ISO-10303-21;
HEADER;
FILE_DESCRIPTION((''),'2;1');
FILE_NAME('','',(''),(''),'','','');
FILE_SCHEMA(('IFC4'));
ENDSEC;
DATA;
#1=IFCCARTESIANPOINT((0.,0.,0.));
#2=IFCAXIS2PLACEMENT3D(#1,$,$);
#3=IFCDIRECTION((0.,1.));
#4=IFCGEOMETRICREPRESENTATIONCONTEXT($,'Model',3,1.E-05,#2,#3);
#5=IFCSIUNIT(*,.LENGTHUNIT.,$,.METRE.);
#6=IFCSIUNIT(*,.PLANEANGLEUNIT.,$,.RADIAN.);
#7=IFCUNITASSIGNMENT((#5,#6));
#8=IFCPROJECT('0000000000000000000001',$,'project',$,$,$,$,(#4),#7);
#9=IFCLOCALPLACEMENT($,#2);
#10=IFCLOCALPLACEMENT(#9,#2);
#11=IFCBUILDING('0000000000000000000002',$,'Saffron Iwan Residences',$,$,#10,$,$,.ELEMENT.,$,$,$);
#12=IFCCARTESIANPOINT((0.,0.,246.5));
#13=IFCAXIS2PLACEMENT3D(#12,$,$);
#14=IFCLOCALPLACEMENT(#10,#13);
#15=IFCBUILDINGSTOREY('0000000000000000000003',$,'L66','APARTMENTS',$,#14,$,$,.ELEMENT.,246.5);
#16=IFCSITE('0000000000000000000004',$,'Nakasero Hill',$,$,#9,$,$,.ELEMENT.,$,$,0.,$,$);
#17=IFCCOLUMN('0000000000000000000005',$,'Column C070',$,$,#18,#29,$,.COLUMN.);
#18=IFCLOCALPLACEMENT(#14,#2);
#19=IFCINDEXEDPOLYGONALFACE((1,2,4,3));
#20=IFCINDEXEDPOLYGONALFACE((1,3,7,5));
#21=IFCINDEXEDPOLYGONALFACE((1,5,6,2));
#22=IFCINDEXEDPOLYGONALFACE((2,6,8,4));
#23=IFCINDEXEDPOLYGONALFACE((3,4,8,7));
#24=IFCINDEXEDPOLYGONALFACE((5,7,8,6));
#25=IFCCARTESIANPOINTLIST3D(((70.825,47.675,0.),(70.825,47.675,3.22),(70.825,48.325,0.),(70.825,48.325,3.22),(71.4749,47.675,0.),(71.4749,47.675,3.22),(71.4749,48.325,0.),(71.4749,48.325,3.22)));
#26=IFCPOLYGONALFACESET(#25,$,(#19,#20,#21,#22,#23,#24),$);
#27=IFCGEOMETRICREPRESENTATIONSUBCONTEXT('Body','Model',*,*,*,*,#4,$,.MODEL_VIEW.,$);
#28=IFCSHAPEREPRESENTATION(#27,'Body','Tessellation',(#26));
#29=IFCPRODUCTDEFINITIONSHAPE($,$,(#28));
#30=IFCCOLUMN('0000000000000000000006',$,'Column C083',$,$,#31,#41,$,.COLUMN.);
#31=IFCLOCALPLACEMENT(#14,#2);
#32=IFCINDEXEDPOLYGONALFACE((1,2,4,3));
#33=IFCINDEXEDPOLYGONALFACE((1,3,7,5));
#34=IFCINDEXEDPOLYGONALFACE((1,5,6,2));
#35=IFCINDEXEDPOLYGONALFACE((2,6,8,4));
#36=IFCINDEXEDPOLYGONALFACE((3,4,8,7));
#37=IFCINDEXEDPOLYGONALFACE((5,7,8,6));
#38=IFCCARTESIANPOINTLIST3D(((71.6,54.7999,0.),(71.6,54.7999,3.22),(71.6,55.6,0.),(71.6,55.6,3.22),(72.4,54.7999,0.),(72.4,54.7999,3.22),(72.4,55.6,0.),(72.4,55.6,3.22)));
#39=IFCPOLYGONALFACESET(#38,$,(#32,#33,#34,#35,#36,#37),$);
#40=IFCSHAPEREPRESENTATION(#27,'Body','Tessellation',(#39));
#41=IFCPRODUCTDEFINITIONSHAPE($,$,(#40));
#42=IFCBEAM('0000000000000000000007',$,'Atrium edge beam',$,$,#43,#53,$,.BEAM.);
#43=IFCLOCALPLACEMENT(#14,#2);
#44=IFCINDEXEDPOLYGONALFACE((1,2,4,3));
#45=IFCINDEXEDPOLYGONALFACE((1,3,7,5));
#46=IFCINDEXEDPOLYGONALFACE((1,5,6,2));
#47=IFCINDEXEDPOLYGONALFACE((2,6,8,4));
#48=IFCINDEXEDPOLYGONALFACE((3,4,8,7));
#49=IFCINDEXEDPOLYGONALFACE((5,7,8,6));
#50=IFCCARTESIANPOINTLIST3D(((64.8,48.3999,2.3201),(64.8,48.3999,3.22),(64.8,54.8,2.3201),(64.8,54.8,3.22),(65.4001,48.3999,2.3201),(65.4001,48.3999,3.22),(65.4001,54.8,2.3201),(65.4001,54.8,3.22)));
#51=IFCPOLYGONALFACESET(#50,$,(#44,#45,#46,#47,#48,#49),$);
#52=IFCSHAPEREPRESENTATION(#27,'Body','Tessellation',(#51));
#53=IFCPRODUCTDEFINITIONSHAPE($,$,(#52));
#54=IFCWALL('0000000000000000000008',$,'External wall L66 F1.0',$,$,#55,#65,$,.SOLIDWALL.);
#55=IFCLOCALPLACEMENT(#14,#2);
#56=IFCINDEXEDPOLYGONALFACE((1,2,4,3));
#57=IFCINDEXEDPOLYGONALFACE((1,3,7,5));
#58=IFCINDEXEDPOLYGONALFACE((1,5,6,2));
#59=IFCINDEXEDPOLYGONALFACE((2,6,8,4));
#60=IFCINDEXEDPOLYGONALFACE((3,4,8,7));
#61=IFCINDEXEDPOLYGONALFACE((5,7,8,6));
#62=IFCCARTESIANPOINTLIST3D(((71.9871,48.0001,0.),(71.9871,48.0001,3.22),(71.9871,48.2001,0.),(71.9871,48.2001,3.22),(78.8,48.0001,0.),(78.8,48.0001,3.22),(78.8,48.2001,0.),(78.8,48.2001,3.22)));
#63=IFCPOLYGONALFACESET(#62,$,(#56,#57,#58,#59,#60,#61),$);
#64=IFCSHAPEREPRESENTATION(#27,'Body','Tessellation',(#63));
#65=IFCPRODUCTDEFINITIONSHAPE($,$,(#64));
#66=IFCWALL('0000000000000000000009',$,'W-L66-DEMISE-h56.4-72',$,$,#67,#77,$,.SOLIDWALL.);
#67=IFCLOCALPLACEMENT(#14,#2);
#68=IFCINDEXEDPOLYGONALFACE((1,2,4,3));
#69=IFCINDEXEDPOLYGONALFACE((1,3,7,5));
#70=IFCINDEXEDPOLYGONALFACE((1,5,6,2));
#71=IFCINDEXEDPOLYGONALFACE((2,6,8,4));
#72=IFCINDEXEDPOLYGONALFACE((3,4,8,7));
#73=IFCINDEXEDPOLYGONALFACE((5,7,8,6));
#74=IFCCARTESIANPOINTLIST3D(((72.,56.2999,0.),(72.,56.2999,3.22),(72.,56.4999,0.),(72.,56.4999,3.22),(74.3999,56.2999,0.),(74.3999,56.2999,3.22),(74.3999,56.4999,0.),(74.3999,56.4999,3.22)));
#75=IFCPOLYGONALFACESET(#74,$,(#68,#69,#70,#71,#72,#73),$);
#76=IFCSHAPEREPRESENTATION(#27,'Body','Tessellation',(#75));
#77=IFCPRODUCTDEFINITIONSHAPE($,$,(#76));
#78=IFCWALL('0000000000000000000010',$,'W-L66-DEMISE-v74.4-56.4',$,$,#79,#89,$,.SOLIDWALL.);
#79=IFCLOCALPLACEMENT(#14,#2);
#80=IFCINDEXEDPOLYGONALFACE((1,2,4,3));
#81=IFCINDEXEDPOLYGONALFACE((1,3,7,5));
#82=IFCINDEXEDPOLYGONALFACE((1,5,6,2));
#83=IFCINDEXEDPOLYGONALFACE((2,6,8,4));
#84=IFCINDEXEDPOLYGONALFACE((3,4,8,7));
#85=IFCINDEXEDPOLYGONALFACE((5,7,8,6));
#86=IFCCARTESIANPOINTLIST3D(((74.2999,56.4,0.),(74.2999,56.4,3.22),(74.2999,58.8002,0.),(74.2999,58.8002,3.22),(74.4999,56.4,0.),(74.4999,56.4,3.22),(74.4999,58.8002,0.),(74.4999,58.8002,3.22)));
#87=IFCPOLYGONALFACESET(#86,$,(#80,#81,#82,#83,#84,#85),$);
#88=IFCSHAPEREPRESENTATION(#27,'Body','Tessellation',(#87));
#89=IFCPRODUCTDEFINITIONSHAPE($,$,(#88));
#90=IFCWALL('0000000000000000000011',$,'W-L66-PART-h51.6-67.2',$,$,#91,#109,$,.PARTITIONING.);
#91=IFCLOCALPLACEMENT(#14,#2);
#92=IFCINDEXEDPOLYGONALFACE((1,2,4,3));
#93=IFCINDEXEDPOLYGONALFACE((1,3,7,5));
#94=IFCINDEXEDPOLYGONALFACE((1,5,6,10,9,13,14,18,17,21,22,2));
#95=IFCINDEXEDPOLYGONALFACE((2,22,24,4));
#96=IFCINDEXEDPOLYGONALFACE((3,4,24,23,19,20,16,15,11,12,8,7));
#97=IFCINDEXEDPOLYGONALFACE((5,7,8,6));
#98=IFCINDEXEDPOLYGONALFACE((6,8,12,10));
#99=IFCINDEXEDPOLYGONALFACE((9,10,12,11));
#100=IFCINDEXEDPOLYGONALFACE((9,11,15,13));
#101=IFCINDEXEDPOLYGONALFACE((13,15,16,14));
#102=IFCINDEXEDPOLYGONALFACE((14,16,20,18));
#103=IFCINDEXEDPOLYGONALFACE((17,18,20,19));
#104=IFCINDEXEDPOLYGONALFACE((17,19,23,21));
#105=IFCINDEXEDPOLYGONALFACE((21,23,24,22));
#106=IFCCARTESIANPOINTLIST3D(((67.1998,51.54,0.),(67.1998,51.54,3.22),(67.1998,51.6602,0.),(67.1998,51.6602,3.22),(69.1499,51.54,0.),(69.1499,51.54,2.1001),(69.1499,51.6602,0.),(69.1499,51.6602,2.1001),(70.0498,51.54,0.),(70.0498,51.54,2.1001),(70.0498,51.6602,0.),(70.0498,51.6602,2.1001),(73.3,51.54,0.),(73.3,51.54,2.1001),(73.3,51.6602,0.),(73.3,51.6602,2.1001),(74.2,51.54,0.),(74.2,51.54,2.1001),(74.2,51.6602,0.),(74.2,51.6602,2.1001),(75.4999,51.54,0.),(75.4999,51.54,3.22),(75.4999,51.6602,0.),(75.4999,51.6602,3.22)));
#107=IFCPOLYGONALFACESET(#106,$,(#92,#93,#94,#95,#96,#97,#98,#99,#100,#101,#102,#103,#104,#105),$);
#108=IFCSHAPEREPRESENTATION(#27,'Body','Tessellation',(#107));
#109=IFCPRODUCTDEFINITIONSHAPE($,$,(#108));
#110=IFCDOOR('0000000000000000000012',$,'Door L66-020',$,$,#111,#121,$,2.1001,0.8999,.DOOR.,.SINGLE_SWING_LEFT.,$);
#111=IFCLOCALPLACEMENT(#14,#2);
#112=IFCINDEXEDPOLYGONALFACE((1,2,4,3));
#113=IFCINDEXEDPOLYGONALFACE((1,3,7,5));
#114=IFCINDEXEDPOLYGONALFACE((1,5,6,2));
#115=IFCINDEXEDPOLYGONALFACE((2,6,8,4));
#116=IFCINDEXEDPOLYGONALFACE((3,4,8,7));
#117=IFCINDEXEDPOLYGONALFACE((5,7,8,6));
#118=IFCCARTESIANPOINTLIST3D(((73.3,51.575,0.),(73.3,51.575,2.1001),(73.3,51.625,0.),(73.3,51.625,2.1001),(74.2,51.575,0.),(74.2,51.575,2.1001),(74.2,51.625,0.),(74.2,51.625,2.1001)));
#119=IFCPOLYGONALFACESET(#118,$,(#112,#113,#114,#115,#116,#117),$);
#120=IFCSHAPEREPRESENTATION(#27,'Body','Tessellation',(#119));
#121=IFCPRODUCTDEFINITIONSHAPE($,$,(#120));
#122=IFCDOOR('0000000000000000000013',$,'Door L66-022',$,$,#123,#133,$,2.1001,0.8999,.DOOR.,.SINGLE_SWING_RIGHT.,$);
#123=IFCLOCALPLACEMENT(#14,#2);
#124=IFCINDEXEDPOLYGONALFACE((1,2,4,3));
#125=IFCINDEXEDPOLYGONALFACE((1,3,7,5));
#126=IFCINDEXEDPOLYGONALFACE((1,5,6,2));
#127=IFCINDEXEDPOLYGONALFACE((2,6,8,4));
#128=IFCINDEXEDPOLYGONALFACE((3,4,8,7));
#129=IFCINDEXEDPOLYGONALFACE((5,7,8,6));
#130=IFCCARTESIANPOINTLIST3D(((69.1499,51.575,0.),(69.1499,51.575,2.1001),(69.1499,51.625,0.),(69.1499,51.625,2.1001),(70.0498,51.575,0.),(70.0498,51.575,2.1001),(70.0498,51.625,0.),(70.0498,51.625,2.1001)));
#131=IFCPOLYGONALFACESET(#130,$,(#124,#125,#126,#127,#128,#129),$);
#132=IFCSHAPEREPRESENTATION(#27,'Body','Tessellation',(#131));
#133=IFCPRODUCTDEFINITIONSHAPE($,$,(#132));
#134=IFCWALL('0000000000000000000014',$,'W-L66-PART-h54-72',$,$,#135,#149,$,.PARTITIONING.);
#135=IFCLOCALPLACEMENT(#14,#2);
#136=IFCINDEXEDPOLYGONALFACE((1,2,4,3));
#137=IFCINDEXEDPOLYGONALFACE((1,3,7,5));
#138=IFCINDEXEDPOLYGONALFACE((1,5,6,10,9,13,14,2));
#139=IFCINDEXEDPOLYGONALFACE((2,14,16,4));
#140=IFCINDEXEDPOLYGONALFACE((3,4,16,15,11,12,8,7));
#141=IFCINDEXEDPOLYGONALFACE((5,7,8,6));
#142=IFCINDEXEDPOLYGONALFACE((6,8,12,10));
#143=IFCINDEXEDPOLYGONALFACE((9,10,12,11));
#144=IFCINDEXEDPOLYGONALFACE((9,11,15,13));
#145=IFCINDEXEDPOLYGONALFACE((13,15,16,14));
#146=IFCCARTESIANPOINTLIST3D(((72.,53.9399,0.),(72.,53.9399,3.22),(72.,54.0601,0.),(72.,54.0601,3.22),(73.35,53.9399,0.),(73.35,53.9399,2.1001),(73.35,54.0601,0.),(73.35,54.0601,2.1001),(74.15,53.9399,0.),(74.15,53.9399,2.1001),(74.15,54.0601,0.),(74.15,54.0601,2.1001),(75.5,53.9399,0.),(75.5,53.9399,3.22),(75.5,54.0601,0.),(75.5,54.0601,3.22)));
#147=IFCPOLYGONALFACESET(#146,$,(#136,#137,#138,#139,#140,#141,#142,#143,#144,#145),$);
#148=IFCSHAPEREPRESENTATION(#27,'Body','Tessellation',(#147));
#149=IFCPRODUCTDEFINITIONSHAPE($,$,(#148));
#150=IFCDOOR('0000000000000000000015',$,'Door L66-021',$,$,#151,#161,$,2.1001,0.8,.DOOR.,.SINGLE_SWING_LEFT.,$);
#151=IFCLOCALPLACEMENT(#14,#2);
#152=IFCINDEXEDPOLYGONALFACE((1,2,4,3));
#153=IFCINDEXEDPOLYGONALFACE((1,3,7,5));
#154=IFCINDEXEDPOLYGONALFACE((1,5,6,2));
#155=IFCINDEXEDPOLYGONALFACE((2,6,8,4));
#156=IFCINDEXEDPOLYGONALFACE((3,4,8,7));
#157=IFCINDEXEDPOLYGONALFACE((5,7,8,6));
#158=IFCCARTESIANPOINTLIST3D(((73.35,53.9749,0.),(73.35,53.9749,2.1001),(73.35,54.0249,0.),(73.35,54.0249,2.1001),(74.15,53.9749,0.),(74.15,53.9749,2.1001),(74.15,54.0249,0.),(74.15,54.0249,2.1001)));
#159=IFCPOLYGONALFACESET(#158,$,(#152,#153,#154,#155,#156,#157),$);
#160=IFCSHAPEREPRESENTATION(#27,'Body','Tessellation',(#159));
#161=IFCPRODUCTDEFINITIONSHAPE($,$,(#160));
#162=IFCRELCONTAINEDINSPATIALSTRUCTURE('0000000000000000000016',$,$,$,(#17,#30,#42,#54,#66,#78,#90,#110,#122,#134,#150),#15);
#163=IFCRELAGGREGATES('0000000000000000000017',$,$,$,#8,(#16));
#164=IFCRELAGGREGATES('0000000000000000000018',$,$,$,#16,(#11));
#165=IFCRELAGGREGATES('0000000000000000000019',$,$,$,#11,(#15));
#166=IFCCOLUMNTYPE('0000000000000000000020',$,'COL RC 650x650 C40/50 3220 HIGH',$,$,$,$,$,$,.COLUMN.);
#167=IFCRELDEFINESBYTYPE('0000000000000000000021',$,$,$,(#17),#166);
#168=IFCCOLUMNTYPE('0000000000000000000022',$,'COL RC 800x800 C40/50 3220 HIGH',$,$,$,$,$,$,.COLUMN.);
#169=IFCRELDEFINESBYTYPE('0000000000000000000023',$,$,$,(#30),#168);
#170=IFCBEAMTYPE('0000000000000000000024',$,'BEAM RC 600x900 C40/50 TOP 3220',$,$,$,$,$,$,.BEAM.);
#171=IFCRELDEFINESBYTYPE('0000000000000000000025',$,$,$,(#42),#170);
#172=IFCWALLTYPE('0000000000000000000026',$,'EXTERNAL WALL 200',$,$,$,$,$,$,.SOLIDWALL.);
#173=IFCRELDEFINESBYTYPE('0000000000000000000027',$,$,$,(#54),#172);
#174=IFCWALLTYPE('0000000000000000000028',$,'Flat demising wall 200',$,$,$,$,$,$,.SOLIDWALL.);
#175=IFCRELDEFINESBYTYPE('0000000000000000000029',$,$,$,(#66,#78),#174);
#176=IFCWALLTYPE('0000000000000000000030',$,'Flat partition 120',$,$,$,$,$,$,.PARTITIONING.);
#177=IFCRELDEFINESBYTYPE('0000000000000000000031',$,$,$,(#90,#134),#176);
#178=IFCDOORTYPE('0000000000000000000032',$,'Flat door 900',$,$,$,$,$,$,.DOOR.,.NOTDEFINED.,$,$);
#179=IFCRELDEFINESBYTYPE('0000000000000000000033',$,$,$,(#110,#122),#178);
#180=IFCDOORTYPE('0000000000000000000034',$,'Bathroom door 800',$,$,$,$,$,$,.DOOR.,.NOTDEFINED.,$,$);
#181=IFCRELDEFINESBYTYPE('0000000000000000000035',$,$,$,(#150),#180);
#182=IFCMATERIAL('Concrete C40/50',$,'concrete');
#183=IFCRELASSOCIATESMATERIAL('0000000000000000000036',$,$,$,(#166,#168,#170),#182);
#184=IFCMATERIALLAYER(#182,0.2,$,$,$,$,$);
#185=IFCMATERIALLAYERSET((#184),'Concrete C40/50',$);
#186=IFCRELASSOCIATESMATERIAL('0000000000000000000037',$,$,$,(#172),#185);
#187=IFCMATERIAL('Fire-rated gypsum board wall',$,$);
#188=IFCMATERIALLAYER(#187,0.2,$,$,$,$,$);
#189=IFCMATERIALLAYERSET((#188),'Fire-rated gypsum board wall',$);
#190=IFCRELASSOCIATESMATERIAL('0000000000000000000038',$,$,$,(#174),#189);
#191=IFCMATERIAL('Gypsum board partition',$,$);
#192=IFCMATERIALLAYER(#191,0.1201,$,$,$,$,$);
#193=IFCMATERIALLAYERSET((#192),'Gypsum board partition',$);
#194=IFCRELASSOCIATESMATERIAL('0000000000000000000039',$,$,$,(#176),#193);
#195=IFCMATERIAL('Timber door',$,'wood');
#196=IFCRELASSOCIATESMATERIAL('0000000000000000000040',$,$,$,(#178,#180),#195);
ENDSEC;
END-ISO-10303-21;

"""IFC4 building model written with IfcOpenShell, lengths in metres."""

from ifc_helpers import new_model, si_unit, direction, frame, frame_2d, origin, origin_2d, place, context, subcontext, project, spatial, rectangle, extrude, source, transform, mapped, material, layer, layer_set, material_profile, profile_set, type_object, element, fill, save


model = new_model("IFC4")

# Units and contexts
model_context = context("Model", 3, precision=1e-05, world=origin(), true_north=direction((0.0, 1.0)))
body_context = subcontext(model_context, "Body", "Model", "MODEL_VIEW")
ifc_project = project(units=[si_unit("LENGTHUNIT", "METRE"), si_unit("PLANEANGLEUNIT", "RADIAN")], contexts=[model_context])

# Site, building, storey
site_placement = place(None, origin())
site = spatial("IfcSite", under=ifc_project, at=site_placement, Name="Nakasero Hill", CompositionType="ELEMENT", RefElevation=0.0)
building_placement = place(site_placement, origin())
building = spatial("IfcBuilding", under=site, at=building_placement, Name="Saffron Iwan Residences", CompositionType="ELEMENT")
storey_placement = place(building_placement, frame((0.0, 0.0, 246.5)))
storey = spatial("IfcBuildingStorey", under=building, at=storey_placement, Name="L66", Description="APARTMENTS", CompositionType="ELEMENT", Elevation=246.5)

# Columns
ifc_material_1 = material(Name="Concrete C40/50", Category="concrete")
ifc_material_profile_1 = material_profile(ifc_material_1, rectangle(XDim=0.6499, YDim=0.6499, at=origin_2d()), Name="RC 650x650")
ifc_profile_set_1 = profile_set([ifc_material_profile_1], Name="Concrete C40/50")
column_type_1 = type_object("IfcColumnType", Name="COL RC 650x650 C40/50 3220 HIGH", PredefinedType="COLUMN", material=ifc_profile_set_1)
shared_shape_1 = source(origin(), body_context, "Body", "SweptSolid", [
    extrude(rectangle(XDim=0.6499, YDim=0.6499, at=origin_2d()), origin(), (0.0, 0.0, 1.0), 3.22),
])
column_1_placement = place(storey_placement, frame((71.1499, 48.0, 0.0), z_axis=(0.0, 0.0, 1.0), x_axis=(1.0, 0.0, 0.0)))
element("IfcColumn", 1, at=column_1_placement, inside=storey, type_object=column_type_1, Name="Column C070", PredefinedType="COLUMN", context=body_context, shape_type="MappedRepresentation", body=[
    mapped(shared_shape_1, transform((0.0, 0.0, 0.0))),
])
ifc_material_profile_2 = material_profile(ifc_material_1, rectangle(XDim=0.8, YDim=0.8, at=origin_2d()), Name="RC 800x800")
ifc_profile_set_2 = profile_set([ifc_material_profile_2], Name="Concrete C40/50")
column_type_2 = type_object("IfcColumnType", Name="COL RC 800x800 C40/50 3220 HIGH", PredefinedType="COLUMN", material=ifc_profile_set_2)
shared_shape_2 = source(origin(), body_context, "Body", "SweptSolid", [
    extrude(rectangle(XDim=0.8, YDim=0.8, at=origin_2d()), origin(), (0.0, 0.0, 1.0), 3.22),
])
column_2_placement = place(storey_placement, frame((72.0, 55.2, 0.0), z_axis=(0.0, 0.0, 1.0), x_axis=(1.0, 0.0, 0.0)))
element("IfcColumn", 2, at=column_2_placement, inside=storey, type_object=column_type_2, Name="Column C083", PredefinedType="COLUMN", context=body_context, shape_type="MappedRepresentation", body=[
    mapped(shared_shape_2, transform((0.0, 0.0, 0.0))),
])

# Beam
ifc_material_profile_3 = material_profile(ifc_material_1, rectangle(XDim=0.6001, YDim=0.8999, at=origin_2d()), Name="RC 600x900")
ifc_profile_set_3 = profile_set([ifc_material_profile_3], Name="Concrete C40/50")
beam_type = type_object("IfcBeamType", Name="BEAM RC 600x900 C40/50 TOP 3220", PredefinedType="BEAM", material=ifc_profile_set_3)
shared_shape_3 = source(origin(), body_context, "Body", "SweptSolid", [
    extrude(rectangle(XDim=0.6001, YDim=0.8999, at=origin_2d()), origin(), (0.0, 0.0, 1.0), 6.4001),
])
beam_placement = place(storey_placement, frame((65.1001, 54.8, 2.77), z_axis=(0.0, -1.0, 0.0), x_axis=(1.0, 0.0, 0.0)))
element("IfcBeam", 3, at=beam_placement, inside=storey, type_object=beam_type, Name="Atrium edge beam", PredefinedType="BEAM", context=body_context, shape_type="MappedRepresentation", body=[
    mapped(shared_shape_3, transform((0.0, 0.0, 0.0))),
])

# Walls
ifc_layer_1 = layer(ifc_material_1, 0.2)
ifc_layer_set_1 = layer_set([ifc_layer_1], Name="Concrete C40/50")
wall_type_1 = type_object("IfcWallType", Name="EXTERNAL WALL 200", PredefinedType="SOLIDWALL", material=ifc_layer_set_1)
wall_1_placement = place(storey_placement, frame((71.9871, 48.1001, 0.0), z_axis=(0.0, 0.0, 1.0), x_axis=(1.0, 0.0, 0.0)))
element("IfcWall", 4, at=wall_1_placement, inside=storey, type_object=wall_type_1, Name="External wall L66 F1.0", PredefinedType="SOLIDWALL", context=body_context, shape_type="SweptSolid", body=[
    extrude(rectangle(XDim=6.813, YDim=0.2, at=frame_2d((3.4065, 0.0))), origin(), (0.0, 0.0, 1.0), 3.22),
])
ifc_material_2 = material(Name="Fire-rated gypsum board wall")
ifc_layer_2 = layer(ifc_material_2, 0.2)
ifc_layer_set_2 = layer_set([ifc_layer_2], Name="Fire-rated gypsum board wall")
wall_type_2 = type_object("IfcWallType", Name="Flat demising wall 200", PredefinedType="SOLIDWALL", material=ifc_layer_set_2)
wall_2_placement = place(storey_placement, frame((72.0, 56.3999, 0.0), z_axis=(0.0, 0.0, 1.0), x_axis=(1.0, 0.0, 0.0)))
element("IfcWall", 5, at=wall_2_placement, inside=storey, type_object=wall_type_2, Name="W-L66-DEMISE-h56.4-72", PredefinedType="SOLIDWALL", context=body_context, shape_type="SweptSolid", body=[
    extrude(rectangle(XDim=2.3999, YDim=0.2, at=frame_2d((1.2, 0.0))), origin(), (0.0, 0.0, 1.0), 3.22),
])
wall_3_placement = place(storey_placement, frame((74.3999, 56.3999, 0.0), z_axis=(0.0, 0.0, 1.0), x_axis=(0.0, 1.0, 0.0)))
element("IfcWall", 6, at=wall_3_placement, inside=storey, type_object=wall_type_2, Name="W-L66-DEMISE-v74.4-56.4", PredefinedType="SOLIDWALL", context=body_context, shape_type="SweptSolid", body=[
    extrude(rectangle(XDim=2.4001, YDim=0.2, at=frame_2d((1.2002, 0.0))), origin(), (0.0, 0.0, 1.0), 3.22),
])

# Wall, openings, doors
ifc_material_3 = material(Name="Gypsum board partition")
ifc_layer_3 = layer(ifc_material_3, 0.1201)
ifc_layer_set_3 = layer_set([ifc_layer_3], Name="Gypsum board partition")
wall_type_3 = type_object("IfcWallType", Name="Flat partition 120", PredefinedType="PARTITIONING", material=ifc_layer_set_3)
wall_4_placement = place(storey_placement, frame((67.2, 51.6001, 0.0), z_axis=(0.0, 0.0, 1.0), x_axis=(1.0, 0.0, 0.0)))
wall_4 = element("IfcWall", 7, at=wall_4_placement, inside=storey, type_object=wall_type_3, Name="W-L66-PART-h51.6-67.2", PredefinedType="PARTITIONING", context=body_context, shape_type="SweptSolid", body=[
    extrude(rectangle(XDim=8.3, YDim=0.1201, at=frame_2d((4.1499, 0.0))), origin(), (0.0, 0.0, 1.0), 3.22),
])
opening_1_placement = place(wall_4_placement, frame((6.1001, 0.0, 0.0)))
opening_1 = element("IfcOpeningElement", 8, at=opening_1_placement, cuts=wall_4, PredefinedType="OPENING", context=body_context, shape_type="SweptSolid", body=[
    extrude(rectangle(XDim=0.8999, YDim=2.1001, at=frame_2d((0.45, 1.05))), frame((0.0, 0.0701, 0.0), z_axis=(0.0, -1.0, 0.0), x_axis=(1.0, 0.0, 0.0)), (0.0, 0.0, 1.0), 0.1401),
])
opening_2_placement = place(wall_4_placement, frame((1.95, 0.0, 0.0)))
opening_2 = element("IfcOpeningElement", 9, at=opening_2_placement, cuts=wall_4, PredefinedType="OPENING", context=body_context, shape_type="SweptSolid", body=[
    extrude(rectangle(XDim=0.8999, YDim=2.1001, at=frame_2d((0.45, 1.05))), frame((0.0, 0.0701, 0.0), z_axis=(0.0, -1.0, 0.0), x_axis=(1.0, 0.0, 0.0)), (0.0, 0.0, 1.0), 0.1401),
])
ifc_material_4 = material(Name="Timber door", Category="wood")
door_type_1 = type_object("IfcDoorType", Name="Flat door 900", OperationType="NOTDEFINED", PredefinedType="DOOR", material=ifc_material_4)
door_1_placement = place(opening_1_placement, origin())
door_1 = element("IfcDoor", 10, at=door_1_placement, inside=storey, type_object=door_type_1, Name="Door L66-020", OperationType="SINGLE_SWING_LEFT", OverallHeight=2.1001, OverallWidth=0.8999, PredefinedType="DOOR", context=body_context, shape_type="SweptSolid", body=[
    extrude(rectangle(XDim=0.8999, YDim=2.1001, at=frame_2d((0.45, 1.05))), frame((0.0, 0.0249, 0.0), z_axis=(0.0, -1.0, 0.0), x_axis=(1.0, 0.0, 0.0)), (0.0, 0.0, 1.0), 0.05),
])
fill(opening_1, door_1)
door_2_placement = place(opening_2_placement, origin())
door_2 = element("IfcDoor", 11, at=door_2_placement, inside=storey, type_object=door_type_1, Name="Door L66-022", OperationType="SINGLE_SWING_RIGHT", OverallHeight=2.1001, OverallWidth=0.8999, PredefinedType="DOOR", context=body_context, shape_type="SweptSolid", body=[
    extrude(rectangle(XDim=0.8999, YDim=2.1001, at=frame_2d((0.45, 1.05))), frame((0.0, 0.0249, 0.0), z_axis=(0.0, -1.0, 0.0), x_axis=(1.0, 0.0, 0.0)), (0.0, 0.0, 1.0), 0.05),
])
fill(opening_2, door_2)

# Wall, opening, door
wall_5_placement = place(storey_placement, frame((72.0, 54.0, 0.0), z_axis=(0.0, 0.0, 1.0), x_axis=(1.0, 0.0, 0.0)))
wall_5 = element("IfcWall", 12, at=wall_5_placement, inside=storey, type_object=wall_type_3, Name="W-L66-PART-h54-72", PredefinedType="PARTITIONING", context=body_context, shape_type="SweptSolid", body=[
    extrude(rectangle(XDim=3.5, YDim=0.1201, at=frame_2d((1.75, 0.0))), origin(), (0.0, 0.0, 1.0), 3.22),
])
opening_3_placement = place(wall_5_placement, frame((1.3501, 0.0, 0.0)))
opening_3 = element("IfcOpeningElement", 13, at=opening_3_placement, cuts=wall_5, PredefinedType="OPENING", context=body_context, shape_type="SweptSolid", body=[
    extrude(rectangle(XDim=0.8, YDim=2.1001, at=frame_2d((0.3999, 1.05))), frame((0.0, 0.0701, 0.0), z_axis=(0.0, -1.0, 0.0), x_axis=(1.0, 0.0, 0.0)), (0.0, 0.0, 1.0), 0.1401),
])
door_type_2 = type_object("IfcDoorType", Name="Bathroom door 800", OperationType="NOTDEFINED", PredefinedType="DOOR", material=ifc_material_4)
door_3_placement = place(opening_3_placement, origin())
door_3 = element("IfcDoor", 14, at=door_3_placement, inside=storey, type_object=door_type_2, Name="Door L66-021", OperationType="SINGLE_SWING_LEFT", OverallHeight=2.1001, OverallWidth=0.8, PredefinedType="DOOR", context=body_context, shape_type="SweptSolid", body=[
    extrude(rectangle(XDim=0.8, YDim=2.1001, at=frame_2d((0.3999, 1.05))), frame((0.0, 0.0249, 0.0), z_axis=(0.0, -1.0, 0.0), x_axis=(1.0, 0.0, 0.0)), (0.0, 0.0, 1.0), 0.05),
])
fill(opening_3, door_3)

save(model, "model.ifc")
